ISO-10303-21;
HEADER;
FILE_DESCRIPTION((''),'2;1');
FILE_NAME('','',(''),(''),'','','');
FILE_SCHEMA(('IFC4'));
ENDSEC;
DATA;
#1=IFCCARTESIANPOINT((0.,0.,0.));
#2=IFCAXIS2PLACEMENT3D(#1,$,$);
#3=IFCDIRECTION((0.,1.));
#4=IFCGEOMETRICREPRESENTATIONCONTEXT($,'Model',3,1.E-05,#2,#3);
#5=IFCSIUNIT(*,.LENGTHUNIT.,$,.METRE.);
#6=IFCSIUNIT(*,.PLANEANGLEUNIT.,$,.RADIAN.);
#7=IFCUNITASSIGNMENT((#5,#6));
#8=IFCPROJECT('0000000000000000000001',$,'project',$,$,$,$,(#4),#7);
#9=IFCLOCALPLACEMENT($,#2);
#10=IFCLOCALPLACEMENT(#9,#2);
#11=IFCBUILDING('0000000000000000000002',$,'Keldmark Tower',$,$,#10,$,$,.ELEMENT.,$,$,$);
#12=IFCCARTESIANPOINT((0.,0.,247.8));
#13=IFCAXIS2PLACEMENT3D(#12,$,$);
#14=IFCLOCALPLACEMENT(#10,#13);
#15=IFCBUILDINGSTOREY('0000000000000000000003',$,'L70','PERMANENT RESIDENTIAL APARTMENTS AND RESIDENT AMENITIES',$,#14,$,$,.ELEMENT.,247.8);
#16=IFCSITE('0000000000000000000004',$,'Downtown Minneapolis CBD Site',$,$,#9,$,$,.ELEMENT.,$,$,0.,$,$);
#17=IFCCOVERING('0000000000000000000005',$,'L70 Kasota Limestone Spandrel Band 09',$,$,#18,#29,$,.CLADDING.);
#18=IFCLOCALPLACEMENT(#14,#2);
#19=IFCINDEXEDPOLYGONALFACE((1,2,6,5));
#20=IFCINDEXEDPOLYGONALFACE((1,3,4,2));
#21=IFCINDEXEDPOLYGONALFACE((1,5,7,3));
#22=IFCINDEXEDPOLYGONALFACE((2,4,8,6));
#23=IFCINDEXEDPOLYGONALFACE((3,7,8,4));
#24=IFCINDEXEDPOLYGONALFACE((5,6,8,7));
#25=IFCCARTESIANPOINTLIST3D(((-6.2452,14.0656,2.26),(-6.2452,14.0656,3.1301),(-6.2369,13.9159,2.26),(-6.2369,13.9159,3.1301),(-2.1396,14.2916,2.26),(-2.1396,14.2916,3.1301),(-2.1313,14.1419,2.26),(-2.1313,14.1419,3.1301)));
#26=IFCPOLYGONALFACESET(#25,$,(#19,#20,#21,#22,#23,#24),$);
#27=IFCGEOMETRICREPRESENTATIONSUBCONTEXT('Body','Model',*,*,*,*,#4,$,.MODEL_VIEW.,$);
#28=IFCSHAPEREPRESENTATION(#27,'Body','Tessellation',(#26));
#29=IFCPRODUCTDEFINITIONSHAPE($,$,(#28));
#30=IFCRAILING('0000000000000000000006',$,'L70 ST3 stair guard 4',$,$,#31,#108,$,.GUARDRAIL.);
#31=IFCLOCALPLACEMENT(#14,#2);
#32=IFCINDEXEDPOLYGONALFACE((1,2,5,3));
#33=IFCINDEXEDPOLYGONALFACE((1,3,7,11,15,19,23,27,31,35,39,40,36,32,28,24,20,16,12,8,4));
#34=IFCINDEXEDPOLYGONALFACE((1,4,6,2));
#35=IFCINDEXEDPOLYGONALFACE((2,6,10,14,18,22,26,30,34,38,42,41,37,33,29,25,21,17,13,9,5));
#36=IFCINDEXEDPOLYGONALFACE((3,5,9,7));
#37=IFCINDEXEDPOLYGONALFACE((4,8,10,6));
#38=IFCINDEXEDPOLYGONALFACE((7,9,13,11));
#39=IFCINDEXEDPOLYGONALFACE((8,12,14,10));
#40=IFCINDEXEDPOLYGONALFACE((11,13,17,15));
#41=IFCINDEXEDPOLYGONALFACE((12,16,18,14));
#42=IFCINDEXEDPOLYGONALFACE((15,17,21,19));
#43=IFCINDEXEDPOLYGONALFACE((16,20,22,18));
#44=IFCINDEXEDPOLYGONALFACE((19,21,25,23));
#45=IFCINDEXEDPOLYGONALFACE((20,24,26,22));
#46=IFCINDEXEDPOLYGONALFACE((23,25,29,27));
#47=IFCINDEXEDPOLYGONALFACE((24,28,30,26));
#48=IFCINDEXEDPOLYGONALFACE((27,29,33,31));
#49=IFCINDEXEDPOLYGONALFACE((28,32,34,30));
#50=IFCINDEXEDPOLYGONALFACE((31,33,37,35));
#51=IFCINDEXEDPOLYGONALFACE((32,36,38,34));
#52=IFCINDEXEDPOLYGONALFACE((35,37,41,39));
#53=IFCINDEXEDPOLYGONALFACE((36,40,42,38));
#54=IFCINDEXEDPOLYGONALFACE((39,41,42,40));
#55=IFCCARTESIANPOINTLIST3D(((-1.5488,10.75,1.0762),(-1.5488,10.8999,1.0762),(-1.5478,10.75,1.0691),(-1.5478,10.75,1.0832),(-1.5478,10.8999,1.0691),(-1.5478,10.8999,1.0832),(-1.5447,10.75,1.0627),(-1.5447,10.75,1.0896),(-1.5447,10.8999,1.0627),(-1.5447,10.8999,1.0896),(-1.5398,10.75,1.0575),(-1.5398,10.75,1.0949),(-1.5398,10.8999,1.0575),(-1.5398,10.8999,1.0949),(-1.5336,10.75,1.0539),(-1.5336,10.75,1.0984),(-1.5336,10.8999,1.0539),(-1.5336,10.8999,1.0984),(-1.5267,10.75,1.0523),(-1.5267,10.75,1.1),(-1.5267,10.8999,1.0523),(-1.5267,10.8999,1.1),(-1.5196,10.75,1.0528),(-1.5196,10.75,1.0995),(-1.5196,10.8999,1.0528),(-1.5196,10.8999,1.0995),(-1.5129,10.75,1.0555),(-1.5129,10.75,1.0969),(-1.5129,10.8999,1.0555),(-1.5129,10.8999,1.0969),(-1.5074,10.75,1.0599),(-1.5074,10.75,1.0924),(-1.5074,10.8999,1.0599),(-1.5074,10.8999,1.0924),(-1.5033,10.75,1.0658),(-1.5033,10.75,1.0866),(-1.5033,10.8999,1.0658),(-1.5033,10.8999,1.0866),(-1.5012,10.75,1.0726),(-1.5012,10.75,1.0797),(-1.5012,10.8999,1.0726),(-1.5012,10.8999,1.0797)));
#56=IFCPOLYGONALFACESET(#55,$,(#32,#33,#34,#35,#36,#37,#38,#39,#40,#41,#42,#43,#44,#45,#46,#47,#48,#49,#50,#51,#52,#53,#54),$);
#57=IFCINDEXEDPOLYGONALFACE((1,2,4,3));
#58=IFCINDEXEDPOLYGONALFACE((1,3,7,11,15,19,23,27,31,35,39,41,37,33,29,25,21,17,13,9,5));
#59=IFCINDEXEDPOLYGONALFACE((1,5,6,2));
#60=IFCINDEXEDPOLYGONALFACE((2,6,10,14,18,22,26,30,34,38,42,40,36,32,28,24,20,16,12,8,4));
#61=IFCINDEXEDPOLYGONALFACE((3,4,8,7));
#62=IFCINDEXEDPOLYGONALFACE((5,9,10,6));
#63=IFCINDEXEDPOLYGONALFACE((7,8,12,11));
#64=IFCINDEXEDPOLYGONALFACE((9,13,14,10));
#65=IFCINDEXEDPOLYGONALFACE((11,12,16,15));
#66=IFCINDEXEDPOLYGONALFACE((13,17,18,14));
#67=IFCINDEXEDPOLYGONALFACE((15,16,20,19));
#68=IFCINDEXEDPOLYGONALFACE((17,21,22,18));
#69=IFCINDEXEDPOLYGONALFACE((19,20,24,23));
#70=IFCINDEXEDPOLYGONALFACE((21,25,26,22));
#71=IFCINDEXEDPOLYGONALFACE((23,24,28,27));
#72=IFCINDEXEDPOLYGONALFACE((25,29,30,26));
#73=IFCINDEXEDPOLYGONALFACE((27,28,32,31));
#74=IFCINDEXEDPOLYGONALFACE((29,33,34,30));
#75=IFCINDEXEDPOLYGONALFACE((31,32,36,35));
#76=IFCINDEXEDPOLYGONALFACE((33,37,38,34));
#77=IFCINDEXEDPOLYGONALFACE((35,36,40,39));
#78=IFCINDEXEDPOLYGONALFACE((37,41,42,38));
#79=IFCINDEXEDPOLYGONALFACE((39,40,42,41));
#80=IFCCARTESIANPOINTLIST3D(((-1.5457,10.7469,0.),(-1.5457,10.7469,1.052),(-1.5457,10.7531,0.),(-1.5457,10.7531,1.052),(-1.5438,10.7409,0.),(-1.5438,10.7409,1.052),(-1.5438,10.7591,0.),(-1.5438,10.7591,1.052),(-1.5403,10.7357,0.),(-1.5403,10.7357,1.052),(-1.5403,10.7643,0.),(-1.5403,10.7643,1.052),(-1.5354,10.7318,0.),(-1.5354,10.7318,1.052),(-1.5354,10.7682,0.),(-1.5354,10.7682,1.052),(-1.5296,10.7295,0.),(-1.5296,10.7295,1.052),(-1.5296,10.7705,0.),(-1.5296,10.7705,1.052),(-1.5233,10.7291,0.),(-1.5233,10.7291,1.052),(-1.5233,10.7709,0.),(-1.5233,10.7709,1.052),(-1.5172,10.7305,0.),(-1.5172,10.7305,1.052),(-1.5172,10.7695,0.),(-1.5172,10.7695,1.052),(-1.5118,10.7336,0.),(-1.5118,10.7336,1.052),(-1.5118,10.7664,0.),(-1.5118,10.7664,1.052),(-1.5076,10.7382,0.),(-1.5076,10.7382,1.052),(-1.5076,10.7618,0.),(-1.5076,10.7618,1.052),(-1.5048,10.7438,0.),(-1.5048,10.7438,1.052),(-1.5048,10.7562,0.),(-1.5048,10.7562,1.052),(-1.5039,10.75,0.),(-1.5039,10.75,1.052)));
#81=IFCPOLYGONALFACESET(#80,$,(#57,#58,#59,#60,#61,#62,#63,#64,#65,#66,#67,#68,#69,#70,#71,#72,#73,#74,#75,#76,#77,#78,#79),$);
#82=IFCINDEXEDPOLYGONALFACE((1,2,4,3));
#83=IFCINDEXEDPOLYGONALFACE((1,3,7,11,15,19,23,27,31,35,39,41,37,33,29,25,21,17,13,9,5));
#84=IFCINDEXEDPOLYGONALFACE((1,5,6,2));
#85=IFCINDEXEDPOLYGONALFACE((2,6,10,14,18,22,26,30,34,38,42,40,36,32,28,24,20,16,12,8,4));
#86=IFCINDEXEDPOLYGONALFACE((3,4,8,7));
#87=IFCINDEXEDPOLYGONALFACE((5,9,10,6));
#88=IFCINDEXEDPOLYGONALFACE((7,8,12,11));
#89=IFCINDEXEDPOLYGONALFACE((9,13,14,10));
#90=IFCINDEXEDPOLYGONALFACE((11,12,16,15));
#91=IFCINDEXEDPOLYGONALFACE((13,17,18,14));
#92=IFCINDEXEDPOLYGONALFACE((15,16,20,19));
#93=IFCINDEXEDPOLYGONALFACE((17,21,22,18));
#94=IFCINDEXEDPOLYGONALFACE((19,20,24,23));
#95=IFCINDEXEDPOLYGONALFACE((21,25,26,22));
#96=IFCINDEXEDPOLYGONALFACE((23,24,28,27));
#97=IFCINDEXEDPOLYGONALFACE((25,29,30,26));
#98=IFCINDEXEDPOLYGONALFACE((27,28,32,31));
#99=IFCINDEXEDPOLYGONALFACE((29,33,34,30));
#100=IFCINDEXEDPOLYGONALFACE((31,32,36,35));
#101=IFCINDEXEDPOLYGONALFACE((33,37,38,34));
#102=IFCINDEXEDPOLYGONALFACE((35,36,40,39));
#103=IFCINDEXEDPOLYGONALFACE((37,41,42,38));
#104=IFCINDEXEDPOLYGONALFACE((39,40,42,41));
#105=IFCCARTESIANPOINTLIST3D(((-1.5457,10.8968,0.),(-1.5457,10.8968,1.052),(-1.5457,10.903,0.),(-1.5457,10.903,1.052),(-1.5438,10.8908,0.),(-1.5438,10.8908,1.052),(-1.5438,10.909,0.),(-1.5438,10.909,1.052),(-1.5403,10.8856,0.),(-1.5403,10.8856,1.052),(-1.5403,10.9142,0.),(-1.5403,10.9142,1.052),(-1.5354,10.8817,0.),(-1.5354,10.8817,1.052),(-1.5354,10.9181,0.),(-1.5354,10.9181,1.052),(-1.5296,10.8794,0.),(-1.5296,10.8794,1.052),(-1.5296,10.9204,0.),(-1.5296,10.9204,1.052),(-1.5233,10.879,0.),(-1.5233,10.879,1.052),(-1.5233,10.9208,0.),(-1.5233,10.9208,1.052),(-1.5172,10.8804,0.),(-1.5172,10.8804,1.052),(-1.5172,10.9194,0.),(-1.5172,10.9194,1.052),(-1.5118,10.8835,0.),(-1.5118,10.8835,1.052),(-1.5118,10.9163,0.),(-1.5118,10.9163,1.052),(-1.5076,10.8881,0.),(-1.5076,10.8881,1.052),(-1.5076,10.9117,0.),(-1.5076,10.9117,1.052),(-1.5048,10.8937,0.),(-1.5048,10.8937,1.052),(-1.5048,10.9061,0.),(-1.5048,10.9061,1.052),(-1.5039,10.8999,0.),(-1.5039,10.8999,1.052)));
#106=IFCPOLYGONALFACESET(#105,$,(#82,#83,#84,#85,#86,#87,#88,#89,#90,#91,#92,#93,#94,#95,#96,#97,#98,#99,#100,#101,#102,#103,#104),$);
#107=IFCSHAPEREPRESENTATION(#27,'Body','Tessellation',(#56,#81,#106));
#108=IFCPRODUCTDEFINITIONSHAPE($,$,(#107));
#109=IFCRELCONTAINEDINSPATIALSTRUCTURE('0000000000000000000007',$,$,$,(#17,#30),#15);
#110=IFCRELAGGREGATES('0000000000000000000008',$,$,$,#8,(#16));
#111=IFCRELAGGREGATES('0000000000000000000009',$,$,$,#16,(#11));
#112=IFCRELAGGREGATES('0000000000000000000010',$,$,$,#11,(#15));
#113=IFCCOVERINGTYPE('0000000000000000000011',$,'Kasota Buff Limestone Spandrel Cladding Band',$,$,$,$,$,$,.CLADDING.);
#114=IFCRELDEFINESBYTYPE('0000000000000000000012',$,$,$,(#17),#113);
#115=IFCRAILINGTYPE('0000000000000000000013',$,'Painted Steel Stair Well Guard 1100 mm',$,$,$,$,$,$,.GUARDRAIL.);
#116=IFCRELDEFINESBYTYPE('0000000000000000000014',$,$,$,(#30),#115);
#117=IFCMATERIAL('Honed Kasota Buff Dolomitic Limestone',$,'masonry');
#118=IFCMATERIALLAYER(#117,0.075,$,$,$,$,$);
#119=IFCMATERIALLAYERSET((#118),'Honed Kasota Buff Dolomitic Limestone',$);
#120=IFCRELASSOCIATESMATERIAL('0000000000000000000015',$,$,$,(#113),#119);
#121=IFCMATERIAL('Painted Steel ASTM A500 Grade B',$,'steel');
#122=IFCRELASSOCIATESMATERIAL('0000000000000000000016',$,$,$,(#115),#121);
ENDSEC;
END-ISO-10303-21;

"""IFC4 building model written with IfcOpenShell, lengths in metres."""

from ifc_helpers import new_model, si_unit, direction, frame, origin, origin_2d, place, context, subcontext, project, spatial, rectangle, circle, extrude, material, layer, layer_set, type_object, element, save


model = new_model("IFC4")

# Units and contexts
model_context = context("Model", 3, precision=1e-05, world=origin(), true_north=direction((0.0, 1.0)))
body_context = subcontext(model_context, "Body", "Model", "MODEL_VIEW")
ifc_project = project(units=[si_unit("LENGTHUNIT", "METRE"), si_unit("PLANEANGLEUNIT", "RADIAN")], contexts=[model_context])

# Site, building, storey
site_placement = place(None, origin())
site = spatial("IfcSite", under=ifc_project, at=site_placement, Name="Downtown Minneapolis CBD Site", CompositionType="ELEMENT", RefElevation=0.0)
building_placement = place(site_placement, origin())
building = spatial("IfcBuilding", under=site, at=building_placement, Name="Keldmark Tower", CompositionType="ELEMENT")
storey_placement = place(building_placement, frame((0.0, 0.0, 247.8)))
storey = spatial("IfcBuildingStorey", under=building, at=storey_placement, Name="L70", Description="PERMANENT RESIDENTIAL APARTMENTS AND RESIDENT AMENITIES", CompositionType="ELEMENT", Elevation=247.8)

# Covering
ifc_material_1 = material(Name="Honed Kasota Buff Dolomitic Limestone", Category="masonry")
ifc_layer_1 = layer(ifc_material_1, 0.075)
ifc_layer_set_1 = layer_set([ifc_layer_1], Name="Honed Kasota Buff Dolomitic Limestone")
covering_type = type_object("IfcCoveringType", Name="Kasota Buff Limestone Spandrel Cladding Band", PredefinedType="CLADDING", material=ifc_layer_set_1)
covering_placement = place(storey_placement, frame((-4.1882, 14.1038, 2.26), z_axis=(0.0, 0.0, 1.0), x_axis=(-0.998488, -0.054968, 0.0)))
element("IfcCovering", 1, at=covering_placement, inside=storey, type_object=covering_type, Name="L70 Kasota Limestone Spandrel Band 09", PredefinedType="CLADDING", context=body_context, shape_type="SweptSolid", body=[
    extrude(rectangle(XDim=4.1118, YDim=0.1499, at=origin_2d()), origin(), (0.0, 0.0, 1.0), 0.8701),
])

# Railing
ifc_material_2 = material(Name="Painted Steel ASTM A500 Grade B", Category="steel")
railing_type = type_object("IfcRailingType", Name="Painted Steel Stair Well Guard 1100 mm", PredefinedType="GUARDRAIL", material=ifc_material_2)
railing_placement = place(storey_placement, frame((-1.5249, 10.75, 0.0)))
element("IfcRailing", 2, at=railing_placement, inside=storey, type_object=railing_type, Name="L70 ST3 stair guard 4", PredefinedType="GUARDRAIL", context=body_context, shape_type="SweptSolid", body=[
    extrude(circle(Radius=0.0239, at=origin_2d()), frame((0.0, 0.0, 1.0762), z_axis=(0.0, 1.0, 0.0), x_axis=(-1.0, 0.0, 0.0)), (0.0, 0.0, 1.0), 0.1499),
    extrude(circle(Radius=0.021, at=origin_2d()), origin(), (0.0, 0.0, 1.0), 1.052),
    extrude(circle(Radius=0.021, at=origin_2d()), frame((0.0, 0.1499, 0.0)), (0.0, 0.0, 1.0), 1.052),
])

save(model, "model.ifc")
